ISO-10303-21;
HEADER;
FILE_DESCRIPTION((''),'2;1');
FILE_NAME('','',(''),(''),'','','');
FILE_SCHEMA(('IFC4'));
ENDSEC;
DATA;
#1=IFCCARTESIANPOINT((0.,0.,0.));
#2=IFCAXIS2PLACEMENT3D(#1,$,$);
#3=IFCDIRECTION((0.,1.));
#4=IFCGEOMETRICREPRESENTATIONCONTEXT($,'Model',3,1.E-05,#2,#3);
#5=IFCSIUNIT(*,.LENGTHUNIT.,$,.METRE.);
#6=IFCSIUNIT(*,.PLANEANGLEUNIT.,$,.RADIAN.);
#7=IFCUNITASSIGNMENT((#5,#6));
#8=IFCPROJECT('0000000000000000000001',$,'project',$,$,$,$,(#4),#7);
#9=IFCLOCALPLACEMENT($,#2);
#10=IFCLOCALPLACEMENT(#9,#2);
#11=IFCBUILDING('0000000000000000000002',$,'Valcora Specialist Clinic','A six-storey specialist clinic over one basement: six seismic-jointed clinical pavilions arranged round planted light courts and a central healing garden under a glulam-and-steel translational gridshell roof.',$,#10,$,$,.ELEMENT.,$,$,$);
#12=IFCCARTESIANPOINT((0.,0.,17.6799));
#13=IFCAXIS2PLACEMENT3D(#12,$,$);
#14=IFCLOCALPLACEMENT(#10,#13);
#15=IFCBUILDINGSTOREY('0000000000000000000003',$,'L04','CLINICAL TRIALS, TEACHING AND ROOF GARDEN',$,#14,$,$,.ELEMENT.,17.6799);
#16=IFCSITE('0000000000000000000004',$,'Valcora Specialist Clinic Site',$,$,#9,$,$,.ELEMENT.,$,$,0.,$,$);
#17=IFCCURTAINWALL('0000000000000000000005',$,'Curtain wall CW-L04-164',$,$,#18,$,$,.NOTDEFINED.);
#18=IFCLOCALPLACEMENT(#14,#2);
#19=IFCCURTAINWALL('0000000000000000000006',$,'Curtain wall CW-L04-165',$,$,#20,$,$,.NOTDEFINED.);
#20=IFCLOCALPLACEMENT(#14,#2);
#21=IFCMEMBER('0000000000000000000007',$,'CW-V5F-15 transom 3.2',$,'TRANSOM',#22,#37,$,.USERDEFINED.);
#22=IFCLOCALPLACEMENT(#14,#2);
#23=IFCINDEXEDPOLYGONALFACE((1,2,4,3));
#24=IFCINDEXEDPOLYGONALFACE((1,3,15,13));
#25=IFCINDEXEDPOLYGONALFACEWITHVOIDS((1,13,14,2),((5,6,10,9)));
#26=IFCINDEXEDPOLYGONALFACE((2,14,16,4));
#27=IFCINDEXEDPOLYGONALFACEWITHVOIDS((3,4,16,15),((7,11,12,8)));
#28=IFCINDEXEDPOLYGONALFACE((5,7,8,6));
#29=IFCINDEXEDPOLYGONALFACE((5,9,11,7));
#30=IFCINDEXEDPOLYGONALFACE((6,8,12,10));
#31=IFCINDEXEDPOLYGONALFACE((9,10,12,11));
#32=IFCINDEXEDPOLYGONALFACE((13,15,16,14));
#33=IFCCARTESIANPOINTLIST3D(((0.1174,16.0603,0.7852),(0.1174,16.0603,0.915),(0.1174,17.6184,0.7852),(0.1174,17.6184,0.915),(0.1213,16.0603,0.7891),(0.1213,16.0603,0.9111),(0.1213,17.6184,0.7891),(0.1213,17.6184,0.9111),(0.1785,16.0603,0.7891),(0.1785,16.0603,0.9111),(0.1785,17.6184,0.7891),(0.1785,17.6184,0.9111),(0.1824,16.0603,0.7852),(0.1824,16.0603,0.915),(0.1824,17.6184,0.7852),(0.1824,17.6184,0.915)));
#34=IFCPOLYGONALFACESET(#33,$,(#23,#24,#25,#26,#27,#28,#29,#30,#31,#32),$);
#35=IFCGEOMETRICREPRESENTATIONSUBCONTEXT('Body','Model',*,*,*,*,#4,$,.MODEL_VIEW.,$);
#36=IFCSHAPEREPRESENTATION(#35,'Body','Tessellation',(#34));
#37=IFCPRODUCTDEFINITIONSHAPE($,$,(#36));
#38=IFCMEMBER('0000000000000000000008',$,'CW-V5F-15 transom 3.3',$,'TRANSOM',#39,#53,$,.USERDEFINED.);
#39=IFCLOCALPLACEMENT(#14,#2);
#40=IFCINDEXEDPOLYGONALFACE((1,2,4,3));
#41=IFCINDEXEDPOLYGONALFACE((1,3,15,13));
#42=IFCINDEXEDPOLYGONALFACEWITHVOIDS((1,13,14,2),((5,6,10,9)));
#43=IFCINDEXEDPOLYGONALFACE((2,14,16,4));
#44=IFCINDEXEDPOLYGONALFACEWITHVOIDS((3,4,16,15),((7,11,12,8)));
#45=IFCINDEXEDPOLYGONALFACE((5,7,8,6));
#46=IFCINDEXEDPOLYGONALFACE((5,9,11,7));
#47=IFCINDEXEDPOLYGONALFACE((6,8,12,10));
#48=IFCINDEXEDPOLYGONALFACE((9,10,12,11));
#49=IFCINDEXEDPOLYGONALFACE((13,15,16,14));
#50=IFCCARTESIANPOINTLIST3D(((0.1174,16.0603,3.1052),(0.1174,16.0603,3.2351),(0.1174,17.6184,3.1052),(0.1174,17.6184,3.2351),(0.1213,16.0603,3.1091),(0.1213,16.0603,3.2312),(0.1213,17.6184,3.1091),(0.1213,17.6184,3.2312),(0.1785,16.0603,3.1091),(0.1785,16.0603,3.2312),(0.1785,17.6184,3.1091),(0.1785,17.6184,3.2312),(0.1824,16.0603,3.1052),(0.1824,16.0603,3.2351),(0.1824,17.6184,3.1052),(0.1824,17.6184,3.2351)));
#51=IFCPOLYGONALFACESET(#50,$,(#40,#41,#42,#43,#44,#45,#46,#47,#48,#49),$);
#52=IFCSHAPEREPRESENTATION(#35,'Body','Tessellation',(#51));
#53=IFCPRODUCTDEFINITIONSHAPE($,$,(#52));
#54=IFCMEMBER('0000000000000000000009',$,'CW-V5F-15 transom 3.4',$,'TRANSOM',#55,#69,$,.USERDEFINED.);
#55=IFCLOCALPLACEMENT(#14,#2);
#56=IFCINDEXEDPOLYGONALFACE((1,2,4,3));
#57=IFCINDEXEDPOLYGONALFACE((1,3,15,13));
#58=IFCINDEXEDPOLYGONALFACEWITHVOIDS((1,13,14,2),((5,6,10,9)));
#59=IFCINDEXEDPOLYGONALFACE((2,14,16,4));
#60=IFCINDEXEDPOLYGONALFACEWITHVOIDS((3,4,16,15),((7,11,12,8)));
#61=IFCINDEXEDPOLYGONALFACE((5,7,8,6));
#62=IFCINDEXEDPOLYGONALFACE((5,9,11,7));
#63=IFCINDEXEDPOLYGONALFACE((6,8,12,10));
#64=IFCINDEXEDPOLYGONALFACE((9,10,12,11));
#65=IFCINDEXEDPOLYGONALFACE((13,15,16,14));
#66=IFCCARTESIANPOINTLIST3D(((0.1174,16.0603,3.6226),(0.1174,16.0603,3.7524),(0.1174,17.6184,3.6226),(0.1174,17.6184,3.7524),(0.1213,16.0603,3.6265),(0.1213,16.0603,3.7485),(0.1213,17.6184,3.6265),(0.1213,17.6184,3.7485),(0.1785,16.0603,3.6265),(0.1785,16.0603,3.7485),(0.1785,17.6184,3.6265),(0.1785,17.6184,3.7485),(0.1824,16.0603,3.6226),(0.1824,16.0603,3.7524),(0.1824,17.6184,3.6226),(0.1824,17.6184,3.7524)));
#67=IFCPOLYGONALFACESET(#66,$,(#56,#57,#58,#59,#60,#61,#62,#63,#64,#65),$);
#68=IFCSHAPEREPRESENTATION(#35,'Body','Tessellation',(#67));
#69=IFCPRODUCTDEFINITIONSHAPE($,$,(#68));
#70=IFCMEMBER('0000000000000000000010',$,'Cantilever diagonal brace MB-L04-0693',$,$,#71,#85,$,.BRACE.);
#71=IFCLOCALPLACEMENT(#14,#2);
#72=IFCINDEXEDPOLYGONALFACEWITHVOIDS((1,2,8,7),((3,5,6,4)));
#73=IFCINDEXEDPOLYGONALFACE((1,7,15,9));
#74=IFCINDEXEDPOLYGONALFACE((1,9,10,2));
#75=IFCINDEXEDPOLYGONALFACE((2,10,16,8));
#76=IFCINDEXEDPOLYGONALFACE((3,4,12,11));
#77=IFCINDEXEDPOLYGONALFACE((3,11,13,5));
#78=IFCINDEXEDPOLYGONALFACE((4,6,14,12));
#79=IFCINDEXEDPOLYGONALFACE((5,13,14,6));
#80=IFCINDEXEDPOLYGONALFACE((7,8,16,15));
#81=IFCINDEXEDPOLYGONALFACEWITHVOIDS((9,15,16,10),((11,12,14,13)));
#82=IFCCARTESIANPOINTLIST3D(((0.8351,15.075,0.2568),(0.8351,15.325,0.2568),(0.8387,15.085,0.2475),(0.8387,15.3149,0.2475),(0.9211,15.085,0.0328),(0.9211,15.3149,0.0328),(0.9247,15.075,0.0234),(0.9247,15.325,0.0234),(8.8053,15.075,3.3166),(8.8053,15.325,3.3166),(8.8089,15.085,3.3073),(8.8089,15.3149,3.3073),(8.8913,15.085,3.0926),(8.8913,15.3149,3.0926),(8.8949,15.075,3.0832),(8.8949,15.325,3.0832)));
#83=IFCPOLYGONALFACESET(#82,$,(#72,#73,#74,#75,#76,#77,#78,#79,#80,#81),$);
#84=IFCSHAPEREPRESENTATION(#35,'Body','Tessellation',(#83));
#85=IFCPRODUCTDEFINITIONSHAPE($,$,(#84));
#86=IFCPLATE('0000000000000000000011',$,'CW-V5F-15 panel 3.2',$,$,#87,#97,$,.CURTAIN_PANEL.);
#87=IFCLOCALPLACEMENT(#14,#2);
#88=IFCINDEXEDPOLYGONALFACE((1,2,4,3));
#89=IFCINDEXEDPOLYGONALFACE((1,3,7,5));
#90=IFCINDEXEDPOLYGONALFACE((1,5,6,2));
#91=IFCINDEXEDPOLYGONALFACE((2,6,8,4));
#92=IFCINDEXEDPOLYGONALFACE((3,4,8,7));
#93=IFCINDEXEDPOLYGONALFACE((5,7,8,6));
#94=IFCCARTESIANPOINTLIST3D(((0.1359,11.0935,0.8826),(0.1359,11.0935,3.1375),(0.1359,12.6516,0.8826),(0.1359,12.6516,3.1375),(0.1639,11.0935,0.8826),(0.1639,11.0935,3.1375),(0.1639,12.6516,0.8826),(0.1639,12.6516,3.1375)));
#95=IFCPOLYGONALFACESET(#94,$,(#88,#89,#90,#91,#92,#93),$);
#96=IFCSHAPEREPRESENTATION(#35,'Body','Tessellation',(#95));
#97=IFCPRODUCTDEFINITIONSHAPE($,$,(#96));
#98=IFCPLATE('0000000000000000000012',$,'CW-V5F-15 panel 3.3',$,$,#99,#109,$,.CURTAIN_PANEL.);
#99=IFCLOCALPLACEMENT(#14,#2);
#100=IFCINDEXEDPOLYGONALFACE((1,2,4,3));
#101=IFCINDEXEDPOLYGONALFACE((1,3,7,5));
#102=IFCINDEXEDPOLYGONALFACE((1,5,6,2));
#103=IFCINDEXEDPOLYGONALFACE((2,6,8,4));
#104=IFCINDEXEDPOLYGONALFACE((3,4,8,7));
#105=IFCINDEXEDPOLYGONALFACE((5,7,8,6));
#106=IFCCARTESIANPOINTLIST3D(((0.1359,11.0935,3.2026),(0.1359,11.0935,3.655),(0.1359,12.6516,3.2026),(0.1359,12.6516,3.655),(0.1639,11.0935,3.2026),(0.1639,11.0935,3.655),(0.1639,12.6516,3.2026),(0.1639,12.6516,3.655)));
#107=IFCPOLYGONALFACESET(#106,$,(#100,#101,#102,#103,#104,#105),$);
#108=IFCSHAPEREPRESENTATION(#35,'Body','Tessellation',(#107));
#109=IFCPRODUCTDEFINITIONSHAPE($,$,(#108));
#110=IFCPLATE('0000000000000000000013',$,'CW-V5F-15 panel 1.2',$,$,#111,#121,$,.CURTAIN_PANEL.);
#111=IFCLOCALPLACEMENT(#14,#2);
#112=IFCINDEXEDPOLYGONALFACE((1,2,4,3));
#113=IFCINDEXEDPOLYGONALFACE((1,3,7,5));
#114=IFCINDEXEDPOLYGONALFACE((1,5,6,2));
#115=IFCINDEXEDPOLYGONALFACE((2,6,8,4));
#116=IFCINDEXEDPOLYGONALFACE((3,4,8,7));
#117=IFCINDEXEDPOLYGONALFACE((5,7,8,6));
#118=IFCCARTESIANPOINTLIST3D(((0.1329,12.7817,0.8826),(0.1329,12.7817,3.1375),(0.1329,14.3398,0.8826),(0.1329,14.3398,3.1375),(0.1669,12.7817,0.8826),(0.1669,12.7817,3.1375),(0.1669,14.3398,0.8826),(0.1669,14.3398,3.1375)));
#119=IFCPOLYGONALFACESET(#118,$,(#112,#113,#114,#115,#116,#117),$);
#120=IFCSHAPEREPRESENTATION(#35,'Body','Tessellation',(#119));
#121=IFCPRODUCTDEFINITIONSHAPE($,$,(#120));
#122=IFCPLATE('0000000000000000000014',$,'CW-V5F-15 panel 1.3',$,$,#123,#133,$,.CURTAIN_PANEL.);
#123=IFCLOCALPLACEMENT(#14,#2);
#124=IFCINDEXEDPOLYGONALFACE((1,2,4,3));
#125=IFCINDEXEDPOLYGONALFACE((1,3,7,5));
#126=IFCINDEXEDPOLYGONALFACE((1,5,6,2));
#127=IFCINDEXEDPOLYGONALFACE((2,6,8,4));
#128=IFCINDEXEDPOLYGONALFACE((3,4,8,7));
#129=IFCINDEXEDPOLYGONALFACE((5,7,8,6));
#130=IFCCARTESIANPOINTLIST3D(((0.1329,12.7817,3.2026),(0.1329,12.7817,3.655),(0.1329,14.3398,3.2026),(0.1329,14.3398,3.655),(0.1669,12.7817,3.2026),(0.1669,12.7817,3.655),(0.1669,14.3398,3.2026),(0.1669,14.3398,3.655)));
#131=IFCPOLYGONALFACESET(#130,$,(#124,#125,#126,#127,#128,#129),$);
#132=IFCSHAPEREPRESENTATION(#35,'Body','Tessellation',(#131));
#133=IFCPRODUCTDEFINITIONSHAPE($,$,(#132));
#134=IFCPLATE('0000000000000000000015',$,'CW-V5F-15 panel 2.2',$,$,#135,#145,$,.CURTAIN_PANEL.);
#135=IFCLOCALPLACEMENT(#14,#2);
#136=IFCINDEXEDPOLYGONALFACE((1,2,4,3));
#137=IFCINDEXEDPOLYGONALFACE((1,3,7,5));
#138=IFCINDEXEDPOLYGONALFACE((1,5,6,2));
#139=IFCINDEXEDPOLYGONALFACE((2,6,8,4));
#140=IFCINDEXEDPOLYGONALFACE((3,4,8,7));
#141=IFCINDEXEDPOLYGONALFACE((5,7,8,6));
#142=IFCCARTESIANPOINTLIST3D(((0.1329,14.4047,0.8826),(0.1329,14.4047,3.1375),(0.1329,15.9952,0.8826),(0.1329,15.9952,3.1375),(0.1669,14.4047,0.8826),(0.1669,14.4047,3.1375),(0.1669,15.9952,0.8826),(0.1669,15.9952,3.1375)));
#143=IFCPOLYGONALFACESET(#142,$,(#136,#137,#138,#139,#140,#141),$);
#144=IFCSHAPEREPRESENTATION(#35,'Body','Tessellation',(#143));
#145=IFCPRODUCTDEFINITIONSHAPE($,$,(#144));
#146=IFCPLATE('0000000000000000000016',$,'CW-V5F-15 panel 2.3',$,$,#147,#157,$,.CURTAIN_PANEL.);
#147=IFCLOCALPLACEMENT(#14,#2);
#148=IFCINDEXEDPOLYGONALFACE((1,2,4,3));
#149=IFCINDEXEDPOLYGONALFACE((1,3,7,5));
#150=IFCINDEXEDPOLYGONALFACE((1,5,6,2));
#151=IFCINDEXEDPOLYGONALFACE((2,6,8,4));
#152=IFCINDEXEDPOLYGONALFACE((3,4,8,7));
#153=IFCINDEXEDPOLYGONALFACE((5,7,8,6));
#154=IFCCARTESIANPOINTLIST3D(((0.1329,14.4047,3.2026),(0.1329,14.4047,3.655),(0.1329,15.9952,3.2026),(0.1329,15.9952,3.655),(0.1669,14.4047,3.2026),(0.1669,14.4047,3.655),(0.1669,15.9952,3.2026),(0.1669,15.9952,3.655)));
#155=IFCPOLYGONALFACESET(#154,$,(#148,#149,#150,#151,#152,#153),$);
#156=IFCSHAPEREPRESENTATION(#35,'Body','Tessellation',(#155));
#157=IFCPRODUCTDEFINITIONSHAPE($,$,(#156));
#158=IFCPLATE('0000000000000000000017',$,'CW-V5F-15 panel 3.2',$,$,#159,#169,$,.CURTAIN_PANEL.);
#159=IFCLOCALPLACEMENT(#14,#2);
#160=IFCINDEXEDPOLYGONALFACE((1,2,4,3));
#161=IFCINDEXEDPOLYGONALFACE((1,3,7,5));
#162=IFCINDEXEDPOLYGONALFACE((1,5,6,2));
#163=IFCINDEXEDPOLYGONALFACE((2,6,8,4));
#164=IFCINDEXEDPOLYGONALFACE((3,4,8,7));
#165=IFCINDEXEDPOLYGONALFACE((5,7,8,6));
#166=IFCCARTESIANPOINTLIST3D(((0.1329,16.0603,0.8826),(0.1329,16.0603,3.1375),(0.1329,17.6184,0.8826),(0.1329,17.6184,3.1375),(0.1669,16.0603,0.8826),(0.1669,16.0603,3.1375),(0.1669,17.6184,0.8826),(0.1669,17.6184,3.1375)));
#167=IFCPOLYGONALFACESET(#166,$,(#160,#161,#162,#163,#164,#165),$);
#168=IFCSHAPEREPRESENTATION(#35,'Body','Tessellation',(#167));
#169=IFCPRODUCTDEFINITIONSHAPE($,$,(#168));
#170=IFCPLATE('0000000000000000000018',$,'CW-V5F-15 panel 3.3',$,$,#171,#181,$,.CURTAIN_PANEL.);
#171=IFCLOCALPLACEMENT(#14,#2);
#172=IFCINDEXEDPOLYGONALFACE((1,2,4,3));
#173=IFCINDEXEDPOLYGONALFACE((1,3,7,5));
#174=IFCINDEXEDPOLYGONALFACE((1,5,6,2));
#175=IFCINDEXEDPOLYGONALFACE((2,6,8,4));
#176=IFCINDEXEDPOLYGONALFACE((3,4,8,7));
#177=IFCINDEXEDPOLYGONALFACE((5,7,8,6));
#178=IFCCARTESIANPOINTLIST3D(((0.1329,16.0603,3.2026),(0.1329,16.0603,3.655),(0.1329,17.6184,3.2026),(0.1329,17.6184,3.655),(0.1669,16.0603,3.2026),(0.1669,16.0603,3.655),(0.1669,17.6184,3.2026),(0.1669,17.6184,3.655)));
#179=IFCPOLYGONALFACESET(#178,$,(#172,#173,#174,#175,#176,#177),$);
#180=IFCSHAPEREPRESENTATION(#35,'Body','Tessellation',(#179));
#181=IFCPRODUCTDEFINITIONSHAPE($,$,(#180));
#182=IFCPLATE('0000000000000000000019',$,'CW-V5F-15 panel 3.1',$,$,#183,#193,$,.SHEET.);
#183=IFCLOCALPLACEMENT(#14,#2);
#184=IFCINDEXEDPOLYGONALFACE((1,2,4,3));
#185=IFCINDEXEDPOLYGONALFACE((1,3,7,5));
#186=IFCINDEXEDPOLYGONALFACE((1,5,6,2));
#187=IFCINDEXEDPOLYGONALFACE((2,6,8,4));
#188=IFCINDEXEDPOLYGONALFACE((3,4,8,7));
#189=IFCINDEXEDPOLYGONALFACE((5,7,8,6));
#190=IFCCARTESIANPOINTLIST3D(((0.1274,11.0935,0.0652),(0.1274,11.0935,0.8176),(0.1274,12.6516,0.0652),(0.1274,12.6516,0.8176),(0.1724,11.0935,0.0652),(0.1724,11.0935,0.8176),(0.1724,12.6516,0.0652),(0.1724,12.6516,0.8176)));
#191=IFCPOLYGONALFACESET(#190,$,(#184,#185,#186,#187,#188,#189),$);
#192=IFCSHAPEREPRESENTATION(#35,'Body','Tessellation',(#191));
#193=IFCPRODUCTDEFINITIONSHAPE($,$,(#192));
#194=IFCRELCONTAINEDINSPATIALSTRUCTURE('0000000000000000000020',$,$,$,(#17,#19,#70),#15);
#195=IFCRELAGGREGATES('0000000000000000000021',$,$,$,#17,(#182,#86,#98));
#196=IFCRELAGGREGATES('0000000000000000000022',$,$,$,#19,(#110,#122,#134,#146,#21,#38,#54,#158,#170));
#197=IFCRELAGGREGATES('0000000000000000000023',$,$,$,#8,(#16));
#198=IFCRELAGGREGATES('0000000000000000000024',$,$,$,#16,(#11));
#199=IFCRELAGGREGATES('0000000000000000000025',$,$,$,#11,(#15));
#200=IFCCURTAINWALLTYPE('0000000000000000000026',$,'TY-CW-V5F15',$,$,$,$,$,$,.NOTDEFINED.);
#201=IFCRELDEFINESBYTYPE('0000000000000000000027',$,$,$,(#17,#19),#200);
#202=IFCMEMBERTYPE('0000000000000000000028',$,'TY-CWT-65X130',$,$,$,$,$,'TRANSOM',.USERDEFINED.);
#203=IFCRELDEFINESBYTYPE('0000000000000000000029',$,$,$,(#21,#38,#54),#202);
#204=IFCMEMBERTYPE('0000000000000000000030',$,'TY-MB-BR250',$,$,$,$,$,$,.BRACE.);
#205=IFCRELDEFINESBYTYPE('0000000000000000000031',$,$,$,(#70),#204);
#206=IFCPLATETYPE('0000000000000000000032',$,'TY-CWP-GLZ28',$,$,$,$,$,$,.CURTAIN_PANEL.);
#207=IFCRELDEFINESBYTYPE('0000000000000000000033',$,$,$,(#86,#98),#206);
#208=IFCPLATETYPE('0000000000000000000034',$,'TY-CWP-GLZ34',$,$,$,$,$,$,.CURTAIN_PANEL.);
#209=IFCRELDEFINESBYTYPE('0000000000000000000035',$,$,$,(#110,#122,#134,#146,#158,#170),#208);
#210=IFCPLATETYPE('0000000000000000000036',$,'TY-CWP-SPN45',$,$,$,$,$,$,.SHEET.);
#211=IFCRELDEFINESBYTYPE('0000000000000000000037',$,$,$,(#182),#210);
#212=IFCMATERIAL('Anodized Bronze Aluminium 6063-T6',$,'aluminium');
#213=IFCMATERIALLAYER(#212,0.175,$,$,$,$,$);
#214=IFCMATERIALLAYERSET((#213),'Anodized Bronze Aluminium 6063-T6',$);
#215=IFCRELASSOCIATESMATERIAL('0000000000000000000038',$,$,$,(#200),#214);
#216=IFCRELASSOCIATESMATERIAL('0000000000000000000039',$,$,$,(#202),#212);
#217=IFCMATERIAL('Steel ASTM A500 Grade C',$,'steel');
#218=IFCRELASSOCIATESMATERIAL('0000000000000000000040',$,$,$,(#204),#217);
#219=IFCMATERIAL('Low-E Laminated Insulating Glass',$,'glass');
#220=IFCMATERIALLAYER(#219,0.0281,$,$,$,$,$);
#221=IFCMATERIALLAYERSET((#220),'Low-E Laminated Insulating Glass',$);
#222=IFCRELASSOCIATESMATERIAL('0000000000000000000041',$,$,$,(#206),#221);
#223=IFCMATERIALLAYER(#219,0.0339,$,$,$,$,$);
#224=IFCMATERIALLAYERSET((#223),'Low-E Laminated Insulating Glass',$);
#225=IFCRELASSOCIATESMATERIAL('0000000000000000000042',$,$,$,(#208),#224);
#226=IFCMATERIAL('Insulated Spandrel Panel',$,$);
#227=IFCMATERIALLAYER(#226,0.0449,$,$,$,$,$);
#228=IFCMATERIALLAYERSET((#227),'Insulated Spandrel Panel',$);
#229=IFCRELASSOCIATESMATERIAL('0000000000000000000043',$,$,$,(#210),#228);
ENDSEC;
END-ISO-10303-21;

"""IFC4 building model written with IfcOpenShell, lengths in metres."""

from ifc_helpers import new_model, si_unit, direction, frame, origin, origin_2d, place, context, subcontext, project, spatial, rectangle, hollow_rectangle, extrude, material, layer, layer_set, material_profile, profile_set, type_object, element, aggregate, save


model = new_model("IFC4")

# Units and contexts
model_context = context("Model", 3, precision=1e-05, world=origin(), true_north=direction((0.0, 1.0)))
body_context = subcontext(model_context, "Body", "Model", "MODEL_VIEW")
ifc_project = project(units=[si_unit("LENGTHUNIT", "METRE"), si_unit("PLANEANGLEUNIT", "RADIAN")], contexts=[model_context])

# Site, building, storey
site_placement = place(None, origin())
site = spatial("IfcSite", under=ifc_project, at=site_placement, Name="Valcora Specialist Clinic Site", CompositionType="ELEMENT", RefElevation=0.0)
building_placement = place(site_placement, origin())
building = spatial("IfcBuilding", under=site, at=building_placement, Name="Valcora Specialist Clinic", Description="A six-storey specialist clinic over one basement: six seismic-jointed clinical pavilions arranged round planted light courts and a central healing garden under a glulam-and-steel translational gridshell roof.", CompositionType="ELEMENT")
storey_placement = place(building_placement, frame((0.0, 0.0, 17.6799)))
storey = spatial("IfcBuildingStorey", under=building, at=storey_placement, Name="L04", Description="CLINICAL TRIALS, TEACHING AND ROOF GARDEN", CompositionType="ELEMENT", Elevation=17.6799)

# Shared definitions
ifc_material_1 = material(Name="Steel ASTM A500 Grade C", Category="steel")

# Curtain wall
ifc_material_2 = material(Name="Anodized Bronze Aluminium 6063-T6", Category="aluminium")
ifc_layer_1 = layer(ifc_material_2, 0.175)
ifc_layer_set_1 = layer_set([ifc_layer_1], Name="Anodized Bronze Aluminium 6063-T6")
curtain_wall_type = type_object("IfcCurtainWallType", Name="TY-CW-V5F15", PredefinedType="NOTDEFINED", material=ifc_layer_set_1)
curtain_wall_1_placement = place(storey_placement, origin())
curtain_wall_1 = element("IfcCurtainWall", 1, at=curtain_wall_1_placement, inside=storey, type_object=curtain_wall_type, Name="Curtain wall CW-L04-164", PredefinedType="NOTDEFINED")

# Curtain wall
curtain_wall_2_placement = place(storey_placement, origin())
curtain_wall_2 = element("IfcCurtainWall", 2, at=curtain_wall_2_placement, inside=storey, type_object=curtain_wall_type, Name="Curtain wall CW-L04-165", PredefinedType="NOTDEFINED")

# Members
ifc_material_profile_1 = material_profile(ifc_material_2, hollow_rectangle(XDim=0.0649, YDim=0.1299, WallThickness=0.0039, at=origin_2d()), Name="AL-TRN-65X130")
ifc_profile_set_1 = profile_set([ifc_material_profile_1], Name="Anodized Bronze Aluminium 6063-T6")
member_type_1 = type_object("IfcMemberType", Name="TY-CWT-65X130", ElementType="TRANSOM", PredefinedType="USERDEFINED", material=ifc_profile_set_1)
member_1_placement = place(storey_placement, frame((0.1499, 16.0603, 0.8501), z_axis=(0.0, 1.0, 0.0), x_axis=(-1.0, 0.0, 0.0)))
member_1 = element("IfcMember", 3, at=member_1_placement, type_object=member_type_1, Name="CW-V5F-15 transom 3.2", ObjectType="TRANSOM", PredefinedType="USERDEFINED", context=body_context, shape_type="SweptSolid", body=[
    extrude(hollow_rectangle(XDim=0.0649, YDim=0.1299, WallThickness=0.0039, at=origin_2d()), origin(), (0.0, 0.0, 1.0), 1.5581),
])
member_2_placement = place(storey_placement, frame((0.1499, 16.0603, 3.1702), z_axis=(0.0, 1.0, 0.0), x_axis=(-1.0, 0.0, 0.0)))
member_2 = element("IfcMember", 4, at=member_2_placement, type_object=member_type_1, Name="CW-V5F-15 transom 3.3", ObjectType="TRANSOM", PredefinedType="USERDEFINED", context=body_context, shape_type="SweptSolid", body=[
    extrude(hollow_rectangle(XDim=0.0649, YDim=0.1299, WallThickness=0.0039, at=origin_2d()), origin(), (0.0, 0.0, 1.0), 1.5581),
])
member_3_placement = place(storey_placement, frame((0.1499, 16.0603, 3.6875), z_axis=(0.0, 1.0, 0.0), x_axis=(-1.0, 0.0, 0.0)))
member_3 = element("IfcMember", 5, at=member_3_placement, type_object=member_type_1, Name="CW-V5F-15 transom 3.4", ObjectType="TRANSOM", PredefinedType="USERDEFINED", context=body_context, shape_type="SweptSolid", body=[
    extrude(hollow_rectangle(XDim=0.0649, YDim=0.1299, WallThickness=0.0039, at=origin_2d()), origin(), (0.0, 0.0, 1.0), 1.5581),
])
ifc_material_profile_2 = material_profile(ifc_material_1, hollow_rectangle(XDim=0.25, YDim=0.25, WallThickness=0.01, at=origin_2d()), Name="ST-RHS-250X250X10")
ifc_profile_set_2 = profile_set([ifc_material_profile_2], Name="Steel ASTM A500 Grade C")
member_type_2 = type_object("IfcMemberType", Name="TY-MB-BR250", PredefinedType="BRACE", material=ifc_profile_set_2)
member_4_placement = place(storey_placement, frame((0.8799, 15.2, 0.1401), z_axis=(0.933567, 0.0, 0.358402), x_axis=(0.0, 1.0, 0.0)))
element("IfcMember", 6, at=member_4_placement, inside=storey, type_object=member_type_2, Name="Cantilever diagonal brace MB-L04-0693", PredefinedType="BRACE", context=body_context, shape_type="SweptSolid", body=[
    extrude(hollow_rectangle(XDim=0.25, YDim=0.25, WallThickness=0.01, at=origin_2d()), origin(), (0.0, 0.0, 1.0), 8.5374),
])

# Plates
ifc_material_3 = material(Name="Low-E Laminated Insulating Glass", Category="glass")
ifc_layer_2 = layer(ifc_material_3, 0.0281)
ifc_layer_set_2 = layer_set([ifc_layer_2], Name="Low-E Laminated Insulating Glass")
plate_type_1 = type_object("IfcPlateType", Name="TY-CWP-GLZ28", PredefinedType="CURTAIN_PANEL", material=ifc_layer_set_2)
plate_1_placement = place(storey_placement, frame((0.1499, 11.8726, 0.8826), z_axis=(0.0, 0.0, 1.0), x_axis=(0.0, 1.0, 0.0)))
plate_1 = element("IfcPlate", 7, at=plate_1_placement, type_object=plate_type_1, Name="CW-V5F-15 panel 3.2", PredefinedType="CURTAIN_PANEL", context=body_context, shape_type="SweptSolid", body=[
    extrude(rectangle(XDim=1.5581, YDim=0.0281, at=origin_2d()), origin(), (0.0, 0.0, 1.0), 2.2549),
])
plate_2_placement = place(storey_placement, frame((0.1499, 11.8726, 3.2026), z_axis=(0.0, 0.0, 1.0), x_axis=(0.0, 1.0, 0.0)))
plate_2 = element("IfcPlate", 8, at=plate_2_placement, type_object=plate_type_1, Name="CW-V5F-15 panel 3.3", PredefinedType="CURTAIN_PANEL", context=body_context, shape_type="SweptSolid", body=[
    extrude(rectangle(XDim=1.5581, YDim=0.0281, at=origin_2d()), origin(), (0.0, 0.0, 1.0), 0.4524),
])
ifc_layer_3 = layer(ifc_material_3, 0.0339)
ifc_layer_set_3 = layer_set([ifc_layer_3], Name="Low-E Laminated Insulating Glass")
plate_type_2 = type_object("IfcPlateType", Name="TY-CWP-GLZ34", PredefinedType="CURTAIN_PANEL", material=ifc_layer_set_3)
plate_3_placement = place(storey_placement, frame((0.1499, 13.5608, 0.8826), z_axis=(0.0, 0.0, 1.0), x_axis=(0.0, 1.0, 0.0)))
plate_3 = element("IfcPlate", 9, at=plate_3_placement, type_object=plate_type_2, Name="CW-V5F-15 panel 1.2", PredefinedType="CURTAIN_PANEL", context=body_context, shape_type="SweptSolid", body=[
    extrude(rectangle(XDim=1.5581, YDim=0.0339, at=origin_2d()), origin(), (0.0, 0.0, 1.0), 2.2549),
])
plate_4_placement = place(storey_placement, frame((0.1499, 13.5608, 3.2026), z_axis=(0.0, 0.0, 1.0), x_axis=(0.0, 1.0, 0.0)))
plate_4 = element("IfcPlate", 10, at=plate_4_placement, type_object=plate_type_2, Name="CW-V5F-15 panel 1.3", PredefinedType="CURTAIN_PANEL", context=body_context, shape_type="SweptSolid", body=[
    extrude(rectangle(XDim=1.5581, YDim=0.0339, at=origin_2d()), origin(), (0.0, 0.0, 1.0), 0.4524),
])
plate_5_placement = place(storey_placement, frame((0.1499, 15.2, 0.8826), z_axis=(0.0, 0.0, 1.0), x_axis=(0.0, 1.0, 0.0)))
plate_5 = element("IfcPlate", 11, at=plate_5_placement, type_object=plate_type_2, Name="CW-V5F-15 panel 2.2", PredefinedType="CURTAIN_PANEL", context=body_context, shape_type="SweptSolid", body=[
    extrude(rectangle(XDim=1.5906, YDim=0.0339, at=origin_2d()), origin(), (0.0, 0.0, 1.0), 2.2549),
])
plate_6_placement = place(storey_placement, frame((0.1499, 15.2, 3.2026), z_axis=(0.0, 0.0, 1.0), x_axis=(0.0, 1.0, 0.0)))
plate_6 = element("IfcPlate", 12, at=plate_6_placement, type_object=plate_type_2, Name="CW-V5F-15 panel 2.3", PredefinedType="CURTAIN_PANEL", context=body_context, shape_type="SweptSolid", body=[
    extrude(rectangle(XDim=1.5906, YDim=0.0339, at=origin_2d()), origin(), (0.0, 0.0, 1.0), 0.4524),
])
plate_7_placement = place(storey_placement, frame((0.1499, 16.8394, 0.8826), z_axis=(0.0, 0.0, 1.0), x_axis=(0.0, 1.0, 0.0)))
plate_7 = element("IfcPlate", 13, at=plate_7_placement, type_object=plate_type_2, Name="CW-V5F-15 panel 3.2", PredefinedType="CURTAIN_PANEL", context=body_context, shape_type="SweptSolid", body=[
    extrude(rectangle(XDim=1.5581, YDim=0.0339, at=origin_2d()), origin(), (0.0, 0.0, 1.0), 2.2549),
])
plate_8_placement = place(storey_placement, frame((0.1499, 16.8394, 3.2026), z_axis=(0.0, 0.0, 1.0), x_axis=(0.0, 1.0, 0.0)))
plate_8 = element("IfcPlate", 14, at=plate_8_placement, type_object=plate_type_2, Name="CW-V5F-15 panel 3.3", PredefinedType="CURTAIN_PANEL", context=body_context, shape_type="SweptSolid", body=[
    extrude(rectangle(XDim=1.5581, YDim=0.0339, at=origin_2d()), origin(), (0.0, 0.0, 1.0), 0.4524),
])
ifc_material_4 = material(Name="Insulated Spandrel Panel")
ifc_layer_4 = layer(ifc_material_4, 0.0449)
ifc_layer_set_4 = layer_set([ifc_layer_4], Name="Insulated Spandrel Panel")
plate_type_3 = type_object("IfcPlateType", Name="TY-CWP-SPN45", PredefinedType="SHEET", material=ifc_layer_set_4)
plate_9_placement = place(storey_placement, frame((0.1499, 11.8726, 0.0652), z_axis=(0.0, 0.0, 1.0), x_axis=(0.0, 1.0, 0.0)))
plate_9 = element("IfcPlate", 15, at=plate_9_placement, type_object=plate_type_3, Name="CW-V5F-15 panel 3.1", PredefinedType="SHEET", context=body_context, shape_type="SweptSolid", body=[
    extrude(rectangle(XDim=1.5581, YDim=0.0449, at=origin_2d()), origin(), (0.0, 0.0, 1.0), 0.7524),
])
aggregate(curtain_wall_1, [plate_9, plate_1, plate_2])
aggregate(curtain_wall_2, [plate_3, plate_4, plate_5, plate_6, member_1, member_2, member_3, plate_7, plate_8])

save(model, "model.ifc")
